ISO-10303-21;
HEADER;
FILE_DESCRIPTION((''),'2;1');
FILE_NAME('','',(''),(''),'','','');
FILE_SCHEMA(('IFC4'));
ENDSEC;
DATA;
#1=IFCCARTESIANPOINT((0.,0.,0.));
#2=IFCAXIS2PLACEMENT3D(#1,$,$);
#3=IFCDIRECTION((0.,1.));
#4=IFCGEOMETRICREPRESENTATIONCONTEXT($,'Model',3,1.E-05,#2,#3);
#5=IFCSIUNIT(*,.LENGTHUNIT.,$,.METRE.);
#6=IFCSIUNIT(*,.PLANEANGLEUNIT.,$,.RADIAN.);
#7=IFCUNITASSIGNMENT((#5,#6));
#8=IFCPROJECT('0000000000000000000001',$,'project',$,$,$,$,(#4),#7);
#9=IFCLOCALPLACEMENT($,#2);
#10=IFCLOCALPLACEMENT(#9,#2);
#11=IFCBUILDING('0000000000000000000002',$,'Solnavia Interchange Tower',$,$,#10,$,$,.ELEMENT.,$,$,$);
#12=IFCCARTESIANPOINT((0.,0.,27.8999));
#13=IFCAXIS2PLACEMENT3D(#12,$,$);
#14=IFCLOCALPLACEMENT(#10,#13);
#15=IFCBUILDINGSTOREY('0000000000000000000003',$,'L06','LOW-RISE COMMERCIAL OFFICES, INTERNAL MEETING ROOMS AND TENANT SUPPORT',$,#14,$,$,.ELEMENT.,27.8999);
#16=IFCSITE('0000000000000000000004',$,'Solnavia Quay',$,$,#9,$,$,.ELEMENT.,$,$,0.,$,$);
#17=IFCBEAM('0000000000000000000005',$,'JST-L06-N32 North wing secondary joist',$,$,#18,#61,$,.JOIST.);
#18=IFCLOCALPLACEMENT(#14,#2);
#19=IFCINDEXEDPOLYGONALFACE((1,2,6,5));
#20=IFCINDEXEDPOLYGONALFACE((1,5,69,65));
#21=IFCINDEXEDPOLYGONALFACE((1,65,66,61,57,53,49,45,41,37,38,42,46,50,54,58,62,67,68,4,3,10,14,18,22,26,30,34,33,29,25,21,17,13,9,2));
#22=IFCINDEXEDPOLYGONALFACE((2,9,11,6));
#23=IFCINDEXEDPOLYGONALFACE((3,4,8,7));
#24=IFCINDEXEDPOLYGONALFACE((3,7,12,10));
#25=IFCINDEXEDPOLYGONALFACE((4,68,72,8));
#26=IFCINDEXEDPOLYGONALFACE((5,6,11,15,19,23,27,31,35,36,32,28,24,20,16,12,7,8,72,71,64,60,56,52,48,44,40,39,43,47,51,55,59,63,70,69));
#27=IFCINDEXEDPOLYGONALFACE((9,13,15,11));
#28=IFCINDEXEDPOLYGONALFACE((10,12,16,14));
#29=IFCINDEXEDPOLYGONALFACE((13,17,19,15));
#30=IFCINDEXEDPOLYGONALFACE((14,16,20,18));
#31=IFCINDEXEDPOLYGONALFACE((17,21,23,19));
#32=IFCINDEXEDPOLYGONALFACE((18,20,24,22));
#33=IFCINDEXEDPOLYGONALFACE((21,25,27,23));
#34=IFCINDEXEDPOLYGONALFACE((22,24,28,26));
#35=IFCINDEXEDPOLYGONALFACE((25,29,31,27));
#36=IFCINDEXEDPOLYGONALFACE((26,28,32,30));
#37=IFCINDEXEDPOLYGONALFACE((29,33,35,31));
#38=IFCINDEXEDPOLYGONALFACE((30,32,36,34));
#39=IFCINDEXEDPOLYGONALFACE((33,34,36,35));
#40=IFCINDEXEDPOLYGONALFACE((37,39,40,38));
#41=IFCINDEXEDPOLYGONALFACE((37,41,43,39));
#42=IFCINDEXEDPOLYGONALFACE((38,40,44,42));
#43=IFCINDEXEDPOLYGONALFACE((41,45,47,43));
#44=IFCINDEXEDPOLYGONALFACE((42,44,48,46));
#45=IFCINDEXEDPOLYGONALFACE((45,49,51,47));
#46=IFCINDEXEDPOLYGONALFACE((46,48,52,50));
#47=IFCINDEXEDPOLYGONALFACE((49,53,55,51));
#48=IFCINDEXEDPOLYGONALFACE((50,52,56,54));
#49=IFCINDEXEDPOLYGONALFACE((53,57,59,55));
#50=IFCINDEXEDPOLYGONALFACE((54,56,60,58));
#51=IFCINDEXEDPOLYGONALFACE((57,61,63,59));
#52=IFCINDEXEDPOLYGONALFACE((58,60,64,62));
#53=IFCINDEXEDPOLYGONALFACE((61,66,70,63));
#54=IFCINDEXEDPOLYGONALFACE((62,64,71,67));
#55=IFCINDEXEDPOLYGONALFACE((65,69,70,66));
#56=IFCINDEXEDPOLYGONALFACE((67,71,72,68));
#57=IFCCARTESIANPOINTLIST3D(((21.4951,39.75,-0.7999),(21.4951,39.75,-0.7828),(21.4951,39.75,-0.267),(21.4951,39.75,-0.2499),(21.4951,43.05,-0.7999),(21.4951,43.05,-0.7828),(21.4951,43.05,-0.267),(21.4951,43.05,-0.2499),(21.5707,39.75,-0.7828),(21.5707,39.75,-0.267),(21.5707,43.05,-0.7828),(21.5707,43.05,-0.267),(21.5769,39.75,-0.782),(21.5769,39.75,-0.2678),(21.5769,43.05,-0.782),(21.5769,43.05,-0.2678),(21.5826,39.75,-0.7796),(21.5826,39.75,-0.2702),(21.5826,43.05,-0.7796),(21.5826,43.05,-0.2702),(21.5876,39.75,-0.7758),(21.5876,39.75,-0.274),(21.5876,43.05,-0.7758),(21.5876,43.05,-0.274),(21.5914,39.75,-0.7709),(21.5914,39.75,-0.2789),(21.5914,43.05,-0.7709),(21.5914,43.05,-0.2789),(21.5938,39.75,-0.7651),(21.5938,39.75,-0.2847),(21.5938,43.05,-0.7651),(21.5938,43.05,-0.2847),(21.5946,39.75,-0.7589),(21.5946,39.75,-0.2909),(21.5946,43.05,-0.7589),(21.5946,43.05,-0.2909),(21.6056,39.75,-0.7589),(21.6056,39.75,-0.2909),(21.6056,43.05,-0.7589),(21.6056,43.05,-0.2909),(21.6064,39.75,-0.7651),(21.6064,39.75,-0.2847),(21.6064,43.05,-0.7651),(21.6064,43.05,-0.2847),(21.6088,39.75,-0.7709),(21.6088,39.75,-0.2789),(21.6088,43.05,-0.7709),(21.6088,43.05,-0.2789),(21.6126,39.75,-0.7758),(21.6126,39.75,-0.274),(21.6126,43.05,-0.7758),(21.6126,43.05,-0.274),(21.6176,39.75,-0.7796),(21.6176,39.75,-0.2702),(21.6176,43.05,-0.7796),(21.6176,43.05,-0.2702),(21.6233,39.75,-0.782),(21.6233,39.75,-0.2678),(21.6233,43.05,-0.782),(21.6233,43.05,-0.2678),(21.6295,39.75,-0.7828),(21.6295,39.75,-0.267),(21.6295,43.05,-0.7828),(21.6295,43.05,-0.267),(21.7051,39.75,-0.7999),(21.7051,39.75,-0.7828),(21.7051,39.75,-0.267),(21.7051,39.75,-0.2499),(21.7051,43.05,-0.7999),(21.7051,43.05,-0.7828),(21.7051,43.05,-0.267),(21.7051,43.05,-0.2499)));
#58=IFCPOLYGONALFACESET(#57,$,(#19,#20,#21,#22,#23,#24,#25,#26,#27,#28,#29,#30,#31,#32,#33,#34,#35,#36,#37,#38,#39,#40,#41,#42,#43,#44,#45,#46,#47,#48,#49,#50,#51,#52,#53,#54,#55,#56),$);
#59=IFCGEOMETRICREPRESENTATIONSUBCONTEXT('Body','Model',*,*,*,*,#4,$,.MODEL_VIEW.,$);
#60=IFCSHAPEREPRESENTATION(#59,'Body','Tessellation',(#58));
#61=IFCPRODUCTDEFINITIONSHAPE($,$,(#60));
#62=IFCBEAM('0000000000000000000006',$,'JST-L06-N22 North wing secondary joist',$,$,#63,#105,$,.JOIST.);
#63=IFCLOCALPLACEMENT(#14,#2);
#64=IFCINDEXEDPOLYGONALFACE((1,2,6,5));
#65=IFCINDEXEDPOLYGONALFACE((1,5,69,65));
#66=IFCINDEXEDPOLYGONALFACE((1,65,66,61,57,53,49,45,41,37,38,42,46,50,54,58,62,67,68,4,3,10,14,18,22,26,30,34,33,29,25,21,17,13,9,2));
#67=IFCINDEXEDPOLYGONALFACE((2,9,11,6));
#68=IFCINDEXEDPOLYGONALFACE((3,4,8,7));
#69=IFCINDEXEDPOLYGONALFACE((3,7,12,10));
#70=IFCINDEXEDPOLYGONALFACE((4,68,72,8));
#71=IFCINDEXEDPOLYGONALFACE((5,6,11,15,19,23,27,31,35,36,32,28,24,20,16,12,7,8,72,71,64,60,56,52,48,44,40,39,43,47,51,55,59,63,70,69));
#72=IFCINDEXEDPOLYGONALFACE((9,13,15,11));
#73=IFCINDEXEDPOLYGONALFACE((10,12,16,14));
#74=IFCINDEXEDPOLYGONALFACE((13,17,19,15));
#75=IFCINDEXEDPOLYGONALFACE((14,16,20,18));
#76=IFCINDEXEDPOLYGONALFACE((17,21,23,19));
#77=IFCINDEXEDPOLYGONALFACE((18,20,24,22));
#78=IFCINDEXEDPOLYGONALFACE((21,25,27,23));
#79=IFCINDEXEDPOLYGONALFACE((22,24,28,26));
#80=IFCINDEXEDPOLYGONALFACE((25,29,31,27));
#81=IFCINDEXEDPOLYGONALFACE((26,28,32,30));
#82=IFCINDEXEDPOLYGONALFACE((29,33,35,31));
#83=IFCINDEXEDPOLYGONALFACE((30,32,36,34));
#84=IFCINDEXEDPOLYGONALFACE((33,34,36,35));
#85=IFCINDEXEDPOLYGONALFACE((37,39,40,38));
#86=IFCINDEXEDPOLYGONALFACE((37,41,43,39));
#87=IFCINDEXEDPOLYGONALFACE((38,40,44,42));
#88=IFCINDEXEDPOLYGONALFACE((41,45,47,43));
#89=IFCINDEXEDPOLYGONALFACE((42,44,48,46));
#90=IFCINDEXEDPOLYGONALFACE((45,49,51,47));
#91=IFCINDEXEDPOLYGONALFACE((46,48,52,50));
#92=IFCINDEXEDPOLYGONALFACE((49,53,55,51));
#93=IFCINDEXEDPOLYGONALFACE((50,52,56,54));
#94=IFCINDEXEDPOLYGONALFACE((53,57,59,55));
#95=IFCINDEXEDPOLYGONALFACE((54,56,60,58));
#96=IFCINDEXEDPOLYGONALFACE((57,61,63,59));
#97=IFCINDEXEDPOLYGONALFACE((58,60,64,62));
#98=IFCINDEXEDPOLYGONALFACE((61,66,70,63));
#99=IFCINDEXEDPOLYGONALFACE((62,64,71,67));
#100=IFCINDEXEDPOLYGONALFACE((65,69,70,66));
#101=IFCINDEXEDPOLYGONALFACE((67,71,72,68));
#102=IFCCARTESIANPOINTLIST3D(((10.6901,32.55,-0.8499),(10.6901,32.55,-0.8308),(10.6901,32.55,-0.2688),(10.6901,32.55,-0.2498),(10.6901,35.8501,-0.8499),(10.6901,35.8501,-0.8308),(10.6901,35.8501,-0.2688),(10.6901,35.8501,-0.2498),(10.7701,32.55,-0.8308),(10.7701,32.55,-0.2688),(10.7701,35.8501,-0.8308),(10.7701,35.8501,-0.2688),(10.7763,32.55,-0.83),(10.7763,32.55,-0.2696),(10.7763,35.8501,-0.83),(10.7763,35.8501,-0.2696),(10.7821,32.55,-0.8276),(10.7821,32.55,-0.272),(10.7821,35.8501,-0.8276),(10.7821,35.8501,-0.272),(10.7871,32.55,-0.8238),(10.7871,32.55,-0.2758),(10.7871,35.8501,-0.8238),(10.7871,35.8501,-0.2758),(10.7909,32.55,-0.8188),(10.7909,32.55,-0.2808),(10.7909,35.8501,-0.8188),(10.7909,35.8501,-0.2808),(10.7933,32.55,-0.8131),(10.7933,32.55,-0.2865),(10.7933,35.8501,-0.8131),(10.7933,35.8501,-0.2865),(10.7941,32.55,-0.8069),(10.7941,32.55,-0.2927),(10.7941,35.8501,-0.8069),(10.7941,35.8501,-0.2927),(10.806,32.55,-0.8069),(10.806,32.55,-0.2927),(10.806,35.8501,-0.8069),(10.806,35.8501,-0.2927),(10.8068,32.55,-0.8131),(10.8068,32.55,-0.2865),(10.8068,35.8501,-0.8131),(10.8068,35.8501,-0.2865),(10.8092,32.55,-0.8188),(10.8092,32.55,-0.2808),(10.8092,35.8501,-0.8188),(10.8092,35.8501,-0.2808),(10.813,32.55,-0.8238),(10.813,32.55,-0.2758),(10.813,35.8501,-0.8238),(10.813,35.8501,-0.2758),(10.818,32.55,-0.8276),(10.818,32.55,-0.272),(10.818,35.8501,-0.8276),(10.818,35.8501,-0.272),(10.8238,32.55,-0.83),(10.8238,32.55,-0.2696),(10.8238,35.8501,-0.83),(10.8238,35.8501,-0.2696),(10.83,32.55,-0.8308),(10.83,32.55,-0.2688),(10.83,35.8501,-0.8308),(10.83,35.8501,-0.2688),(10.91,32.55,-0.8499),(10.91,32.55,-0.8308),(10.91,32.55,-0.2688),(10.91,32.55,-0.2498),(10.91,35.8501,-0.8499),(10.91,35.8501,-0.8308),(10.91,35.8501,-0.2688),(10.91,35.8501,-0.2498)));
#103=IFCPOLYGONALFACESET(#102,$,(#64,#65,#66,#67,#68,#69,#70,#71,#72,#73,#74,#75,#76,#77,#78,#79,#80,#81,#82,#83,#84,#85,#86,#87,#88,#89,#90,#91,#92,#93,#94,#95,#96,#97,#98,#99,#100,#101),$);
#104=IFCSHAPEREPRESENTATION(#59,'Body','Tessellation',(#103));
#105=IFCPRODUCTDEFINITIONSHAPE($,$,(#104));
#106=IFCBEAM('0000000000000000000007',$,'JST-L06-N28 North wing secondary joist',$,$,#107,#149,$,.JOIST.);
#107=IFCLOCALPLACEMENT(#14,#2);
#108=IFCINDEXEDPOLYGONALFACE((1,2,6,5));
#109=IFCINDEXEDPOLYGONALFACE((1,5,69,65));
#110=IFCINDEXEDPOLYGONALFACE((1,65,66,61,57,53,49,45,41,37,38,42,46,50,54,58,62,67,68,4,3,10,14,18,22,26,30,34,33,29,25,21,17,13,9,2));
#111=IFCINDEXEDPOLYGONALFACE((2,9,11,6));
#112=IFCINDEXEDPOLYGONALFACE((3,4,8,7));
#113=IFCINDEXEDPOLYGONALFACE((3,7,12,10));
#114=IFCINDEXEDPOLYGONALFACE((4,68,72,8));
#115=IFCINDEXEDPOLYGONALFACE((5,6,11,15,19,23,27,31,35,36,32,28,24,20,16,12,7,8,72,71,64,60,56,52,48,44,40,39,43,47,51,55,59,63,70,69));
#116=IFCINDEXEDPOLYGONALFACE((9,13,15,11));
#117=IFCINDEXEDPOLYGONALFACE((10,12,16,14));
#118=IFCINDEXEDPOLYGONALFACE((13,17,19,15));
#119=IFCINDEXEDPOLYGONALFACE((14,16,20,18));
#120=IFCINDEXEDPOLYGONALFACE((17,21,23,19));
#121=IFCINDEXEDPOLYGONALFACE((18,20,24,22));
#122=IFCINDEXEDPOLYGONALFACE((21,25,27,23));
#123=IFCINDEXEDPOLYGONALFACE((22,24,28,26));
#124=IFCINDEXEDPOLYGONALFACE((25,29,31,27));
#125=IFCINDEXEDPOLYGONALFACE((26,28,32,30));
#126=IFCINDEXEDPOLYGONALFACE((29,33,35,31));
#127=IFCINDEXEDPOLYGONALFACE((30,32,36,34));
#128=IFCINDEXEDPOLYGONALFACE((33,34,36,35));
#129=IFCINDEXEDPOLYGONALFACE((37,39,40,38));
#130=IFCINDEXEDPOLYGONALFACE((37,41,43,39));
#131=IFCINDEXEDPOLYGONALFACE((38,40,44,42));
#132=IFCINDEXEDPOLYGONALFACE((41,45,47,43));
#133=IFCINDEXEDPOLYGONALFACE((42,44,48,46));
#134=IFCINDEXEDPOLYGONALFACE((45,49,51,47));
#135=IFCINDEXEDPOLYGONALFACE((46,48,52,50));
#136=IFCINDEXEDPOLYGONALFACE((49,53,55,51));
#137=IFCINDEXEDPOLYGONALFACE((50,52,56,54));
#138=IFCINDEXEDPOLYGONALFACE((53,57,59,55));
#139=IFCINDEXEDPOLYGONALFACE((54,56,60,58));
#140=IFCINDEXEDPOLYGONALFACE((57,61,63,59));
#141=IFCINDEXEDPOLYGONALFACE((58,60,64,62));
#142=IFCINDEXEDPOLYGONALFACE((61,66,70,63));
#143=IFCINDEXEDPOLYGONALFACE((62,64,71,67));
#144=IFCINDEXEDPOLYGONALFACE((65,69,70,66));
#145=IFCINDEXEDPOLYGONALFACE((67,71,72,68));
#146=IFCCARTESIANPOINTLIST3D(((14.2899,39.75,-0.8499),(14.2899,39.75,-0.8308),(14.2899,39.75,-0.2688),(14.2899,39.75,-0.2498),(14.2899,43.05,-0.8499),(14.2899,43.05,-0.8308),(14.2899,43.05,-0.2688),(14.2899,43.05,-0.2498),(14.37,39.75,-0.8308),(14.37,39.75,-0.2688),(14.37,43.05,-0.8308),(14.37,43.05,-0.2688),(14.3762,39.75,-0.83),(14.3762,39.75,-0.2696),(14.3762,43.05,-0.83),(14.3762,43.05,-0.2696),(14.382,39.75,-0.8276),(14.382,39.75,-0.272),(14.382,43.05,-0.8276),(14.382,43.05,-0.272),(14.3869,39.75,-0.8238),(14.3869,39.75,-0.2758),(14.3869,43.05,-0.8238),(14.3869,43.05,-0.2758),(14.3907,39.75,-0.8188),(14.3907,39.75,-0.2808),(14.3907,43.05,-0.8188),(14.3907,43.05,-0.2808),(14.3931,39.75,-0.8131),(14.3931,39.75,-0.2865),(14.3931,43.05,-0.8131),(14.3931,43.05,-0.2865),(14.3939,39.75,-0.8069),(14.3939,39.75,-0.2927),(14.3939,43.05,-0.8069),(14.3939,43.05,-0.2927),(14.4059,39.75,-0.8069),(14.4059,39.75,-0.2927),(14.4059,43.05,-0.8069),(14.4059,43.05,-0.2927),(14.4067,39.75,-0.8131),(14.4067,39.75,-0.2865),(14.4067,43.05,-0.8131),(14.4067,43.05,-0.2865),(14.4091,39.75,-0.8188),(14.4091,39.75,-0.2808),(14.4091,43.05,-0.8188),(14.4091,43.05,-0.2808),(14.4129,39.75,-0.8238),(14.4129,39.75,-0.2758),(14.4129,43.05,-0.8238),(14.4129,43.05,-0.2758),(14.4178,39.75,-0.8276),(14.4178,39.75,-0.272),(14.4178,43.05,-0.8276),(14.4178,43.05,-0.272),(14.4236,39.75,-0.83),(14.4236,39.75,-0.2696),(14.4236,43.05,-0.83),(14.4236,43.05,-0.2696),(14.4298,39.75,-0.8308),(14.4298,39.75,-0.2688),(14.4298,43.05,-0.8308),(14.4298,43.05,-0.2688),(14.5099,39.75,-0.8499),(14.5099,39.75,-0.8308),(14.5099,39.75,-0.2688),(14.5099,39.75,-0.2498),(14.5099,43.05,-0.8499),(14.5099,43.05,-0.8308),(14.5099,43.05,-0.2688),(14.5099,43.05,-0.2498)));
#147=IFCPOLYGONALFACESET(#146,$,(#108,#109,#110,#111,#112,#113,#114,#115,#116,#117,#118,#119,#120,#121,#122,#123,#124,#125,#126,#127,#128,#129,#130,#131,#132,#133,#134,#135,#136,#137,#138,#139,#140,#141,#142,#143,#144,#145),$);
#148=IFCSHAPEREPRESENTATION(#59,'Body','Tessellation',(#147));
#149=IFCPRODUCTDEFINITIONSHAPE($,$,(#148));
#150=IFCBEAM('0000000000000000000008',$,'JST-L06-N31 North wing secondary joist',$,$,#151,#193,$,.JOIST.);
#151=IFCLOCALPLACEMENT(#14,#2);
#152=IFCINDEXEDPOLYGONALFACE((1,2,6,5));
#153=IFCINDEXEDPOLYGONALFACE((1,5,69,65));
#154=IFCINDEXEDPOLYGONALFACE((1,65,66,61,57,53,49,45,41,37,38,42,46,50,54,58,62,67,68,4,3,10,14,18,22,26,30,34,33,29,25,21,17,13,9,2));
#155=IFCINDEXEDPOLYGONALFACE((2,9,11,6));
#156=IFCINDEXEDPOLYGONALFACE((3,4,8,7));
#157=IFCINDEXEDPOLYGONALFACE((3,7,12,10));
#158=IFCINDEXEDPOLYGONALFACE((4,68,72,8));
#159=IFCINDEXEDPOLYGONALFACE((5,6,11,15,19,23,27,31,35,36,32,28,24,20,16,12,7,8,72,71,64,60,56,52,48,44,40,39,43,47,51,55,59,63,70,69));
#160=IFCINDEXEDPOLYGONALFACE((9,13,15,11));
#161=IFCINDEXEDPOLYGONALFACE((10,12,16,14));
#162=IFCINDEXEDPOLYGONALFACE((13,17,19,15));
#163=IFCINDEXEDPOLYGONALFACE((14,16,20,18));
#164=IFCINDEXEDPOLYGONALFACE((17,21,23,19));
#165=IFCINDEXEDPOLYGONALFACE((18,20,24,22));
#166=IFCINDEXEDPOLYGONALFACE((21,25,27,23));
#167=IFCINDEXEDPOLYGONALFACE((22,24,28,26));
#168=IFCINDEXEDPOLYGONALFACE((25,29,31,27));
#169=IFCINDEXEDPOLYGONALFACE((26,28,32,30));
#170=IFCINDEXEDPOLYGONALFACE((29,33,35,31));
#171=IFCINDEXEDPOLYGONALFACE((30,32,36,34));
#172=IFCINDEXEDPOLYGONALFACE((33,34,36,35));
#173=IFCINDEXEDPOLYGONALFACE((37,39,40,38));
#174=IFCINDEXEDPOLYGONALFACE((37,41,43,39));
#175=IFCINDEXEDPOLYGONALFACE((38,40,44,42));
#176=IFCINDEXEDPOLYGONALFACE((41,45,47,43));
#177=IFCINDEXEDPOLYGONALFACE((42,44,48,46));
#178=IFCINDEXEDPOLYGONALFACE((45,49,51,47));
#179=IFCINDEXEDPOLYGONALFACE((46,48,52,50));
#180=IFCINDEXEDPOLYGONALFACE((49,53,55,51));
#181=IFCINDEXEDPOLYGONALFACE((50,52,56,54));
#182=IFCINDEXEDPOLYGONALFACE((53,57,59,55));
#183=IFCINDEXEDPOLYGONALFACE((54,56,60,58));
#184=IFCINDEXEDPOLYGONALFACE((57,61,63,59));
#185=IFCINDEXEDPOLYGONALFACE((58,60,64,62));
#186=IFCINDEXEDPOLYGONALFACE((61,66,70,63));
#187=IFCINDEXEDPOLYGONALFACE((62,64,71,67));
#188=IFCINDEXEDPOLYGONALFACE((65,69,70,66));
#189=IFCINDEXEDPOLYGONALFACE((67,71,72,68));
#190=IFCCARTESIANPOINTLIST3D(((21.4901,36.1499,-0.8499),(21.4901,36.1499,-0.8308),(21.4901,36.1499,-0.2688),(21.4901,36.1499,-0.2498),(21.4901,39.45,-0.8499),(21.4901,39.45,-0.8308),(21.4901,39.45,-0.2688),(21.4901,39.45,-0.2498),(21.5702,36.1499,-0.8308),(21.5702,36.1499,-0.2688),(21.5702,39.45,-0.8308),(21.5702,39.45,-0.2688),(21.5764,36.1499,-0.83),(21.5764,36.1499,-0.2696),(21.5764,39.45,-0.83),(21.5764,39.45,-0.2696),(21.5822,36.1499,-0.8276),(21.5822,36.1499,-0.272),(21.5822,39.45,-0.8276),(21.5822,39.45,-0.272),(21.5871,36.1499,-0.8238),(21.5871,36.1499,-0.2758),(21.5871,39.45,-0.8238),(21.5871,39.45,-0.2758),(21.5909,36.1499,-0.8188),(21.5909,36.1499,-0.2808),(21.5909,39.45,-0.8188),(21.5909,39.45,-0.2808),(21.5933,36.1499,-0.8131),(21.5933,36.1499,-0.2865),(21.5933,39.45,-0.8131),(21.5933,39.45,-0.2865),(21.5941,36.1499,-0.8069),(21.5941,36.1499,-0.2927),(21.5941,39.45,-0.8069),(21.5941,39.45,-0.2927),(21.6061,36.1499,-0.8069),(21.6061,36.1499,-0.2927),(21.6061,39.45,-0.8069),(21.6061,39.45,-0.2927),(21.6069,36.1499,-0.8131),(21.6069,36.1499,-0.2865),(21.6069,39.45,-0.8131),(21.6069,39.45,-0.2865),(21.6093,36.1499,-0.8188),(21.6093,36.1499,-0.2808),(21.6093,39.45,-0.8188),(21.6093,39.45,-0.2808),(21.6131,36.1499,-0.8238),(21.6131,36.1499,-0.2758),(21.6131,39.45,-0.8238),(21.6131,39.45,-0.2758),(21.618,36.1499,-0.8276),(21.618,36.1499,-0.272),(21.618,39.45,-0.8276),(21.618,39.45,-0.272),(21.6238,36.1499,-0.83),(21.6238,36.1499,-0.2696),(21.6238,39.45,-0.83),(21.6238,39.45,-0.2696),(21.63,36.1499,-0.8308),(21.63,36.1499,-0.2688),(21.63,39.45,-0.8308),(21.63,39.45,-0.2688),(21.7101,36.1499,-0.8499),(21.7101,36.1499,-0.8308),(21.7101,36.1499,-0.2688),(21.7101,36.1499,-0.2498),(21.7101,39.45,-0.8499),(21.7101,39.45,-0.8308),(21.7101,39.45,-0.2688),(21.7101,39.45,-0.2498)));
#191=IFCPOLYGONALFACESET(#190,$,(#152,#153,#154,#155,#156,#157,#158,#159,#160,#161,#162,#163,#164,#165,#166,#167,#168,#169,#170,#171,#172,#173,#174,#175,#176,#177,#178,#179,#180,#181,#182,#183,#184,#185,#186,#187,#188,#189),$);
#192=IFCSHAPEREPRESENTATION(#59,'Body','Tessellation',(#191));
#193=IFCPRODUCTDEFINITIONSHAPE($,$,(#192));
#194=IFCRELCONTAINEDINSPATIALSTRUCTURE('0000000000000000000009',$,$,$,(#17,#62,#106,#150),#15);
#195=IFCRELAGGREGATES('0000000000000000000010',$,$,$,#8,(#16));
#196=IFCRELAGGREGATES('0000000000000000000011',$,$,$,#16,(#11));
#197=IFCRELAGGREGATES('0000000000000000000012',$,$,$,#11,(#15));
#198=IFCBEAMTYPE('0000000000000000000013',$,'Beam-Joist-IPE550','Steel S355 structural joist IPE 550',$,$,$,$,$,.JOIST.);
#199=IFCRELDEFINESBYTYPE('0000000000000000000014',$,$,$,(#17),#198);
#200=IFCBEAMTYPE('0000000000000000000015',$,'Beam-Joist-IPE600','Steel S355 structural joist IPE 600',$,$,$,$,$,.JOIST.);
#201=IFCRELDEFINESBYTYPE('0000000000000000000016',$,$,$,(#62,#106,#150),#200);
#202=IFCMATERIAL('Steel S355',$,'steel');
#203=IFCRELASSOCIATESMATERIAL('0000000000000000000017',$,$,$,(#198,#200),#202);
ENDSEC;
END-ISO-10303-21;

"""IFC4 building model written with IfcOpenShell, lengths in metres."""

from ifc_helpers import new_model, si_unit, direction, frame, origin, origin_2d, place, context, subcontext, project, spatial, i_section, extrude, material, material_profile, profile_set, type_object, element, save


model = new_model("IFC4")

# Units and contexts
model_context = context("Model", 3, precision=1e-05, world=origin(), true_north=direction((0.0, 1.0)))
body_context = subcontext(model_context, "Body", "Model", "MODEL_VIEW")
ifc_project = project(units=[si_unit("LENGTHUNIT", "METRE"), si_unit("PLANEANGLEUNIT", "RADIAN")], contexts=[model_context])

# Site, building, storey
site_placement = place(None, origin())
site = spatial("IfcSite", under=ifc_project, at=site_placement, Name="Solnavia Quay", CompositionType="ELEMENT", RefElevation=0.0)
building_placement = place(site_placement, origin())
building = spatial("IfcBuilding", under=site, at=building_placement, Name="Solnavia Interchange Tower", CompositionType="ELEMENT")
storey_placement = place(building_placement, frame((0.0, 0.0, 27.8999)))
storey = spatial("IfcBuildingStorey", under=building, at=storey_placement, Name="L06", Description="LOW-RISE COMMERCIAL OFFICES, INTERNAL MEETING ROOMS AND TENANT SUPPORT", CompositionType="ELEMENT", Elevation=27.8999)

# Shared definitions
ifc_material_1 = material(Name="Steel S355", Category="steel")

# Beams
ifc_material_profile_1 = material_profile(ifc_material_1, i_section(OverallWidth=0.21, OverallDepth=0.55, WebThickness=0.011, FlangeThickness=0.0171, FilletRadius=0.0239, at=origin_2d()), Name="IPE 550")
ifc_profile_set_1 = profile_set([ifc_material_profile_1], Name="Steel S355")
beam_type_1 = type_object("IfcBeamType", Name="Beam-Joist-IPE550", Description="Steel S355 structural joist IPE 550", PredefinedType="JOIST", material=ifc_profile_set_1)
for number, where, z_axis, x_axis, name in (
    (1, (21.6001, 39.75, -0.5249), (0.0, 1.0, 0.0), (-1.0, 0.0, 0.0), "JST-L06-N32 North wing secondary joist"),
):
    element("IfcBeam", number, at=place(storey_placement, frame(where, z_axis=z_axis, x_axis=x_axis)), inside=storey, type_object=beam_type_1, Name=name, PredefinedType="JOIST", context=body_context, shape_type="SweptSolid", body=[
        extrude(i_section(OverallWidth=0.21, OverallDepth=0.55, WebThickness=0.011, FlangeThickness=0.0171, FilletRadius=0.0239, at=origin_2d()), origin(), (0.0, 0.0, 1.0), 3.3),
    ])
ifc_material_profile_2 = material_profile(ifc_material_1, i_section(OverallWidth=0.22, OverallDepth=0.6001, WebThickness=0.012, FlangeThickness=0.019, FilletRadius=0.0239, at=origin_2d()), Name="IPE 600")
ifc_profile_set_2 = profile_set([ifc_material_profile_2], Name="Steel S355")
beam_type_2 = type_object("IfcBeamType", Name="Beam-Joist-IPE600", Description="Steel S355 structural joist IPE 600", PredefinedType="JOIST", material=ifc_profile_set_2)
for number, where, z_axis, x_axis, name in (
    (2, (10.8, 32.55, -0.5498), (0.0, 1.0, 0.0), (-1.0, 0.0, 0.0), "JST-L06-N22 North wing secondary joist"),
    (3, (14.3999, 39.75, -0.5498), (0.0, 1.0, 0.0), (-1.0, 0.0, 0.0), "JST-L06-N28 North wing secondary joist"),
    (4, (21.6001, 36.1499, -0.5498), (0.0, 1.0, 0.0), (-1.0, 0.0, 0.0), "JST-L06-N31 North wing secondary joist"),
):
    element("IfcBeam", number, at=place(storey_placement, frame(where, z_axis=z_axis, x_axis=x_axis)), inside=storey, type_object=beam_type_2, Name=name, PredefinedType="JOIST", context=body_context, shape_type="SweptSolid", body=[
        extrude(i_section(OverallWidth=0.22, OverallDepth=0.6001, WebThickness=0.012, FlangeThickness=0.019, FilletRadius=0.0239, at=origin_2d()), origin(), (0.0, 0.0, 1.0), 3.3),
    ])

save(model, "model.ifc")
